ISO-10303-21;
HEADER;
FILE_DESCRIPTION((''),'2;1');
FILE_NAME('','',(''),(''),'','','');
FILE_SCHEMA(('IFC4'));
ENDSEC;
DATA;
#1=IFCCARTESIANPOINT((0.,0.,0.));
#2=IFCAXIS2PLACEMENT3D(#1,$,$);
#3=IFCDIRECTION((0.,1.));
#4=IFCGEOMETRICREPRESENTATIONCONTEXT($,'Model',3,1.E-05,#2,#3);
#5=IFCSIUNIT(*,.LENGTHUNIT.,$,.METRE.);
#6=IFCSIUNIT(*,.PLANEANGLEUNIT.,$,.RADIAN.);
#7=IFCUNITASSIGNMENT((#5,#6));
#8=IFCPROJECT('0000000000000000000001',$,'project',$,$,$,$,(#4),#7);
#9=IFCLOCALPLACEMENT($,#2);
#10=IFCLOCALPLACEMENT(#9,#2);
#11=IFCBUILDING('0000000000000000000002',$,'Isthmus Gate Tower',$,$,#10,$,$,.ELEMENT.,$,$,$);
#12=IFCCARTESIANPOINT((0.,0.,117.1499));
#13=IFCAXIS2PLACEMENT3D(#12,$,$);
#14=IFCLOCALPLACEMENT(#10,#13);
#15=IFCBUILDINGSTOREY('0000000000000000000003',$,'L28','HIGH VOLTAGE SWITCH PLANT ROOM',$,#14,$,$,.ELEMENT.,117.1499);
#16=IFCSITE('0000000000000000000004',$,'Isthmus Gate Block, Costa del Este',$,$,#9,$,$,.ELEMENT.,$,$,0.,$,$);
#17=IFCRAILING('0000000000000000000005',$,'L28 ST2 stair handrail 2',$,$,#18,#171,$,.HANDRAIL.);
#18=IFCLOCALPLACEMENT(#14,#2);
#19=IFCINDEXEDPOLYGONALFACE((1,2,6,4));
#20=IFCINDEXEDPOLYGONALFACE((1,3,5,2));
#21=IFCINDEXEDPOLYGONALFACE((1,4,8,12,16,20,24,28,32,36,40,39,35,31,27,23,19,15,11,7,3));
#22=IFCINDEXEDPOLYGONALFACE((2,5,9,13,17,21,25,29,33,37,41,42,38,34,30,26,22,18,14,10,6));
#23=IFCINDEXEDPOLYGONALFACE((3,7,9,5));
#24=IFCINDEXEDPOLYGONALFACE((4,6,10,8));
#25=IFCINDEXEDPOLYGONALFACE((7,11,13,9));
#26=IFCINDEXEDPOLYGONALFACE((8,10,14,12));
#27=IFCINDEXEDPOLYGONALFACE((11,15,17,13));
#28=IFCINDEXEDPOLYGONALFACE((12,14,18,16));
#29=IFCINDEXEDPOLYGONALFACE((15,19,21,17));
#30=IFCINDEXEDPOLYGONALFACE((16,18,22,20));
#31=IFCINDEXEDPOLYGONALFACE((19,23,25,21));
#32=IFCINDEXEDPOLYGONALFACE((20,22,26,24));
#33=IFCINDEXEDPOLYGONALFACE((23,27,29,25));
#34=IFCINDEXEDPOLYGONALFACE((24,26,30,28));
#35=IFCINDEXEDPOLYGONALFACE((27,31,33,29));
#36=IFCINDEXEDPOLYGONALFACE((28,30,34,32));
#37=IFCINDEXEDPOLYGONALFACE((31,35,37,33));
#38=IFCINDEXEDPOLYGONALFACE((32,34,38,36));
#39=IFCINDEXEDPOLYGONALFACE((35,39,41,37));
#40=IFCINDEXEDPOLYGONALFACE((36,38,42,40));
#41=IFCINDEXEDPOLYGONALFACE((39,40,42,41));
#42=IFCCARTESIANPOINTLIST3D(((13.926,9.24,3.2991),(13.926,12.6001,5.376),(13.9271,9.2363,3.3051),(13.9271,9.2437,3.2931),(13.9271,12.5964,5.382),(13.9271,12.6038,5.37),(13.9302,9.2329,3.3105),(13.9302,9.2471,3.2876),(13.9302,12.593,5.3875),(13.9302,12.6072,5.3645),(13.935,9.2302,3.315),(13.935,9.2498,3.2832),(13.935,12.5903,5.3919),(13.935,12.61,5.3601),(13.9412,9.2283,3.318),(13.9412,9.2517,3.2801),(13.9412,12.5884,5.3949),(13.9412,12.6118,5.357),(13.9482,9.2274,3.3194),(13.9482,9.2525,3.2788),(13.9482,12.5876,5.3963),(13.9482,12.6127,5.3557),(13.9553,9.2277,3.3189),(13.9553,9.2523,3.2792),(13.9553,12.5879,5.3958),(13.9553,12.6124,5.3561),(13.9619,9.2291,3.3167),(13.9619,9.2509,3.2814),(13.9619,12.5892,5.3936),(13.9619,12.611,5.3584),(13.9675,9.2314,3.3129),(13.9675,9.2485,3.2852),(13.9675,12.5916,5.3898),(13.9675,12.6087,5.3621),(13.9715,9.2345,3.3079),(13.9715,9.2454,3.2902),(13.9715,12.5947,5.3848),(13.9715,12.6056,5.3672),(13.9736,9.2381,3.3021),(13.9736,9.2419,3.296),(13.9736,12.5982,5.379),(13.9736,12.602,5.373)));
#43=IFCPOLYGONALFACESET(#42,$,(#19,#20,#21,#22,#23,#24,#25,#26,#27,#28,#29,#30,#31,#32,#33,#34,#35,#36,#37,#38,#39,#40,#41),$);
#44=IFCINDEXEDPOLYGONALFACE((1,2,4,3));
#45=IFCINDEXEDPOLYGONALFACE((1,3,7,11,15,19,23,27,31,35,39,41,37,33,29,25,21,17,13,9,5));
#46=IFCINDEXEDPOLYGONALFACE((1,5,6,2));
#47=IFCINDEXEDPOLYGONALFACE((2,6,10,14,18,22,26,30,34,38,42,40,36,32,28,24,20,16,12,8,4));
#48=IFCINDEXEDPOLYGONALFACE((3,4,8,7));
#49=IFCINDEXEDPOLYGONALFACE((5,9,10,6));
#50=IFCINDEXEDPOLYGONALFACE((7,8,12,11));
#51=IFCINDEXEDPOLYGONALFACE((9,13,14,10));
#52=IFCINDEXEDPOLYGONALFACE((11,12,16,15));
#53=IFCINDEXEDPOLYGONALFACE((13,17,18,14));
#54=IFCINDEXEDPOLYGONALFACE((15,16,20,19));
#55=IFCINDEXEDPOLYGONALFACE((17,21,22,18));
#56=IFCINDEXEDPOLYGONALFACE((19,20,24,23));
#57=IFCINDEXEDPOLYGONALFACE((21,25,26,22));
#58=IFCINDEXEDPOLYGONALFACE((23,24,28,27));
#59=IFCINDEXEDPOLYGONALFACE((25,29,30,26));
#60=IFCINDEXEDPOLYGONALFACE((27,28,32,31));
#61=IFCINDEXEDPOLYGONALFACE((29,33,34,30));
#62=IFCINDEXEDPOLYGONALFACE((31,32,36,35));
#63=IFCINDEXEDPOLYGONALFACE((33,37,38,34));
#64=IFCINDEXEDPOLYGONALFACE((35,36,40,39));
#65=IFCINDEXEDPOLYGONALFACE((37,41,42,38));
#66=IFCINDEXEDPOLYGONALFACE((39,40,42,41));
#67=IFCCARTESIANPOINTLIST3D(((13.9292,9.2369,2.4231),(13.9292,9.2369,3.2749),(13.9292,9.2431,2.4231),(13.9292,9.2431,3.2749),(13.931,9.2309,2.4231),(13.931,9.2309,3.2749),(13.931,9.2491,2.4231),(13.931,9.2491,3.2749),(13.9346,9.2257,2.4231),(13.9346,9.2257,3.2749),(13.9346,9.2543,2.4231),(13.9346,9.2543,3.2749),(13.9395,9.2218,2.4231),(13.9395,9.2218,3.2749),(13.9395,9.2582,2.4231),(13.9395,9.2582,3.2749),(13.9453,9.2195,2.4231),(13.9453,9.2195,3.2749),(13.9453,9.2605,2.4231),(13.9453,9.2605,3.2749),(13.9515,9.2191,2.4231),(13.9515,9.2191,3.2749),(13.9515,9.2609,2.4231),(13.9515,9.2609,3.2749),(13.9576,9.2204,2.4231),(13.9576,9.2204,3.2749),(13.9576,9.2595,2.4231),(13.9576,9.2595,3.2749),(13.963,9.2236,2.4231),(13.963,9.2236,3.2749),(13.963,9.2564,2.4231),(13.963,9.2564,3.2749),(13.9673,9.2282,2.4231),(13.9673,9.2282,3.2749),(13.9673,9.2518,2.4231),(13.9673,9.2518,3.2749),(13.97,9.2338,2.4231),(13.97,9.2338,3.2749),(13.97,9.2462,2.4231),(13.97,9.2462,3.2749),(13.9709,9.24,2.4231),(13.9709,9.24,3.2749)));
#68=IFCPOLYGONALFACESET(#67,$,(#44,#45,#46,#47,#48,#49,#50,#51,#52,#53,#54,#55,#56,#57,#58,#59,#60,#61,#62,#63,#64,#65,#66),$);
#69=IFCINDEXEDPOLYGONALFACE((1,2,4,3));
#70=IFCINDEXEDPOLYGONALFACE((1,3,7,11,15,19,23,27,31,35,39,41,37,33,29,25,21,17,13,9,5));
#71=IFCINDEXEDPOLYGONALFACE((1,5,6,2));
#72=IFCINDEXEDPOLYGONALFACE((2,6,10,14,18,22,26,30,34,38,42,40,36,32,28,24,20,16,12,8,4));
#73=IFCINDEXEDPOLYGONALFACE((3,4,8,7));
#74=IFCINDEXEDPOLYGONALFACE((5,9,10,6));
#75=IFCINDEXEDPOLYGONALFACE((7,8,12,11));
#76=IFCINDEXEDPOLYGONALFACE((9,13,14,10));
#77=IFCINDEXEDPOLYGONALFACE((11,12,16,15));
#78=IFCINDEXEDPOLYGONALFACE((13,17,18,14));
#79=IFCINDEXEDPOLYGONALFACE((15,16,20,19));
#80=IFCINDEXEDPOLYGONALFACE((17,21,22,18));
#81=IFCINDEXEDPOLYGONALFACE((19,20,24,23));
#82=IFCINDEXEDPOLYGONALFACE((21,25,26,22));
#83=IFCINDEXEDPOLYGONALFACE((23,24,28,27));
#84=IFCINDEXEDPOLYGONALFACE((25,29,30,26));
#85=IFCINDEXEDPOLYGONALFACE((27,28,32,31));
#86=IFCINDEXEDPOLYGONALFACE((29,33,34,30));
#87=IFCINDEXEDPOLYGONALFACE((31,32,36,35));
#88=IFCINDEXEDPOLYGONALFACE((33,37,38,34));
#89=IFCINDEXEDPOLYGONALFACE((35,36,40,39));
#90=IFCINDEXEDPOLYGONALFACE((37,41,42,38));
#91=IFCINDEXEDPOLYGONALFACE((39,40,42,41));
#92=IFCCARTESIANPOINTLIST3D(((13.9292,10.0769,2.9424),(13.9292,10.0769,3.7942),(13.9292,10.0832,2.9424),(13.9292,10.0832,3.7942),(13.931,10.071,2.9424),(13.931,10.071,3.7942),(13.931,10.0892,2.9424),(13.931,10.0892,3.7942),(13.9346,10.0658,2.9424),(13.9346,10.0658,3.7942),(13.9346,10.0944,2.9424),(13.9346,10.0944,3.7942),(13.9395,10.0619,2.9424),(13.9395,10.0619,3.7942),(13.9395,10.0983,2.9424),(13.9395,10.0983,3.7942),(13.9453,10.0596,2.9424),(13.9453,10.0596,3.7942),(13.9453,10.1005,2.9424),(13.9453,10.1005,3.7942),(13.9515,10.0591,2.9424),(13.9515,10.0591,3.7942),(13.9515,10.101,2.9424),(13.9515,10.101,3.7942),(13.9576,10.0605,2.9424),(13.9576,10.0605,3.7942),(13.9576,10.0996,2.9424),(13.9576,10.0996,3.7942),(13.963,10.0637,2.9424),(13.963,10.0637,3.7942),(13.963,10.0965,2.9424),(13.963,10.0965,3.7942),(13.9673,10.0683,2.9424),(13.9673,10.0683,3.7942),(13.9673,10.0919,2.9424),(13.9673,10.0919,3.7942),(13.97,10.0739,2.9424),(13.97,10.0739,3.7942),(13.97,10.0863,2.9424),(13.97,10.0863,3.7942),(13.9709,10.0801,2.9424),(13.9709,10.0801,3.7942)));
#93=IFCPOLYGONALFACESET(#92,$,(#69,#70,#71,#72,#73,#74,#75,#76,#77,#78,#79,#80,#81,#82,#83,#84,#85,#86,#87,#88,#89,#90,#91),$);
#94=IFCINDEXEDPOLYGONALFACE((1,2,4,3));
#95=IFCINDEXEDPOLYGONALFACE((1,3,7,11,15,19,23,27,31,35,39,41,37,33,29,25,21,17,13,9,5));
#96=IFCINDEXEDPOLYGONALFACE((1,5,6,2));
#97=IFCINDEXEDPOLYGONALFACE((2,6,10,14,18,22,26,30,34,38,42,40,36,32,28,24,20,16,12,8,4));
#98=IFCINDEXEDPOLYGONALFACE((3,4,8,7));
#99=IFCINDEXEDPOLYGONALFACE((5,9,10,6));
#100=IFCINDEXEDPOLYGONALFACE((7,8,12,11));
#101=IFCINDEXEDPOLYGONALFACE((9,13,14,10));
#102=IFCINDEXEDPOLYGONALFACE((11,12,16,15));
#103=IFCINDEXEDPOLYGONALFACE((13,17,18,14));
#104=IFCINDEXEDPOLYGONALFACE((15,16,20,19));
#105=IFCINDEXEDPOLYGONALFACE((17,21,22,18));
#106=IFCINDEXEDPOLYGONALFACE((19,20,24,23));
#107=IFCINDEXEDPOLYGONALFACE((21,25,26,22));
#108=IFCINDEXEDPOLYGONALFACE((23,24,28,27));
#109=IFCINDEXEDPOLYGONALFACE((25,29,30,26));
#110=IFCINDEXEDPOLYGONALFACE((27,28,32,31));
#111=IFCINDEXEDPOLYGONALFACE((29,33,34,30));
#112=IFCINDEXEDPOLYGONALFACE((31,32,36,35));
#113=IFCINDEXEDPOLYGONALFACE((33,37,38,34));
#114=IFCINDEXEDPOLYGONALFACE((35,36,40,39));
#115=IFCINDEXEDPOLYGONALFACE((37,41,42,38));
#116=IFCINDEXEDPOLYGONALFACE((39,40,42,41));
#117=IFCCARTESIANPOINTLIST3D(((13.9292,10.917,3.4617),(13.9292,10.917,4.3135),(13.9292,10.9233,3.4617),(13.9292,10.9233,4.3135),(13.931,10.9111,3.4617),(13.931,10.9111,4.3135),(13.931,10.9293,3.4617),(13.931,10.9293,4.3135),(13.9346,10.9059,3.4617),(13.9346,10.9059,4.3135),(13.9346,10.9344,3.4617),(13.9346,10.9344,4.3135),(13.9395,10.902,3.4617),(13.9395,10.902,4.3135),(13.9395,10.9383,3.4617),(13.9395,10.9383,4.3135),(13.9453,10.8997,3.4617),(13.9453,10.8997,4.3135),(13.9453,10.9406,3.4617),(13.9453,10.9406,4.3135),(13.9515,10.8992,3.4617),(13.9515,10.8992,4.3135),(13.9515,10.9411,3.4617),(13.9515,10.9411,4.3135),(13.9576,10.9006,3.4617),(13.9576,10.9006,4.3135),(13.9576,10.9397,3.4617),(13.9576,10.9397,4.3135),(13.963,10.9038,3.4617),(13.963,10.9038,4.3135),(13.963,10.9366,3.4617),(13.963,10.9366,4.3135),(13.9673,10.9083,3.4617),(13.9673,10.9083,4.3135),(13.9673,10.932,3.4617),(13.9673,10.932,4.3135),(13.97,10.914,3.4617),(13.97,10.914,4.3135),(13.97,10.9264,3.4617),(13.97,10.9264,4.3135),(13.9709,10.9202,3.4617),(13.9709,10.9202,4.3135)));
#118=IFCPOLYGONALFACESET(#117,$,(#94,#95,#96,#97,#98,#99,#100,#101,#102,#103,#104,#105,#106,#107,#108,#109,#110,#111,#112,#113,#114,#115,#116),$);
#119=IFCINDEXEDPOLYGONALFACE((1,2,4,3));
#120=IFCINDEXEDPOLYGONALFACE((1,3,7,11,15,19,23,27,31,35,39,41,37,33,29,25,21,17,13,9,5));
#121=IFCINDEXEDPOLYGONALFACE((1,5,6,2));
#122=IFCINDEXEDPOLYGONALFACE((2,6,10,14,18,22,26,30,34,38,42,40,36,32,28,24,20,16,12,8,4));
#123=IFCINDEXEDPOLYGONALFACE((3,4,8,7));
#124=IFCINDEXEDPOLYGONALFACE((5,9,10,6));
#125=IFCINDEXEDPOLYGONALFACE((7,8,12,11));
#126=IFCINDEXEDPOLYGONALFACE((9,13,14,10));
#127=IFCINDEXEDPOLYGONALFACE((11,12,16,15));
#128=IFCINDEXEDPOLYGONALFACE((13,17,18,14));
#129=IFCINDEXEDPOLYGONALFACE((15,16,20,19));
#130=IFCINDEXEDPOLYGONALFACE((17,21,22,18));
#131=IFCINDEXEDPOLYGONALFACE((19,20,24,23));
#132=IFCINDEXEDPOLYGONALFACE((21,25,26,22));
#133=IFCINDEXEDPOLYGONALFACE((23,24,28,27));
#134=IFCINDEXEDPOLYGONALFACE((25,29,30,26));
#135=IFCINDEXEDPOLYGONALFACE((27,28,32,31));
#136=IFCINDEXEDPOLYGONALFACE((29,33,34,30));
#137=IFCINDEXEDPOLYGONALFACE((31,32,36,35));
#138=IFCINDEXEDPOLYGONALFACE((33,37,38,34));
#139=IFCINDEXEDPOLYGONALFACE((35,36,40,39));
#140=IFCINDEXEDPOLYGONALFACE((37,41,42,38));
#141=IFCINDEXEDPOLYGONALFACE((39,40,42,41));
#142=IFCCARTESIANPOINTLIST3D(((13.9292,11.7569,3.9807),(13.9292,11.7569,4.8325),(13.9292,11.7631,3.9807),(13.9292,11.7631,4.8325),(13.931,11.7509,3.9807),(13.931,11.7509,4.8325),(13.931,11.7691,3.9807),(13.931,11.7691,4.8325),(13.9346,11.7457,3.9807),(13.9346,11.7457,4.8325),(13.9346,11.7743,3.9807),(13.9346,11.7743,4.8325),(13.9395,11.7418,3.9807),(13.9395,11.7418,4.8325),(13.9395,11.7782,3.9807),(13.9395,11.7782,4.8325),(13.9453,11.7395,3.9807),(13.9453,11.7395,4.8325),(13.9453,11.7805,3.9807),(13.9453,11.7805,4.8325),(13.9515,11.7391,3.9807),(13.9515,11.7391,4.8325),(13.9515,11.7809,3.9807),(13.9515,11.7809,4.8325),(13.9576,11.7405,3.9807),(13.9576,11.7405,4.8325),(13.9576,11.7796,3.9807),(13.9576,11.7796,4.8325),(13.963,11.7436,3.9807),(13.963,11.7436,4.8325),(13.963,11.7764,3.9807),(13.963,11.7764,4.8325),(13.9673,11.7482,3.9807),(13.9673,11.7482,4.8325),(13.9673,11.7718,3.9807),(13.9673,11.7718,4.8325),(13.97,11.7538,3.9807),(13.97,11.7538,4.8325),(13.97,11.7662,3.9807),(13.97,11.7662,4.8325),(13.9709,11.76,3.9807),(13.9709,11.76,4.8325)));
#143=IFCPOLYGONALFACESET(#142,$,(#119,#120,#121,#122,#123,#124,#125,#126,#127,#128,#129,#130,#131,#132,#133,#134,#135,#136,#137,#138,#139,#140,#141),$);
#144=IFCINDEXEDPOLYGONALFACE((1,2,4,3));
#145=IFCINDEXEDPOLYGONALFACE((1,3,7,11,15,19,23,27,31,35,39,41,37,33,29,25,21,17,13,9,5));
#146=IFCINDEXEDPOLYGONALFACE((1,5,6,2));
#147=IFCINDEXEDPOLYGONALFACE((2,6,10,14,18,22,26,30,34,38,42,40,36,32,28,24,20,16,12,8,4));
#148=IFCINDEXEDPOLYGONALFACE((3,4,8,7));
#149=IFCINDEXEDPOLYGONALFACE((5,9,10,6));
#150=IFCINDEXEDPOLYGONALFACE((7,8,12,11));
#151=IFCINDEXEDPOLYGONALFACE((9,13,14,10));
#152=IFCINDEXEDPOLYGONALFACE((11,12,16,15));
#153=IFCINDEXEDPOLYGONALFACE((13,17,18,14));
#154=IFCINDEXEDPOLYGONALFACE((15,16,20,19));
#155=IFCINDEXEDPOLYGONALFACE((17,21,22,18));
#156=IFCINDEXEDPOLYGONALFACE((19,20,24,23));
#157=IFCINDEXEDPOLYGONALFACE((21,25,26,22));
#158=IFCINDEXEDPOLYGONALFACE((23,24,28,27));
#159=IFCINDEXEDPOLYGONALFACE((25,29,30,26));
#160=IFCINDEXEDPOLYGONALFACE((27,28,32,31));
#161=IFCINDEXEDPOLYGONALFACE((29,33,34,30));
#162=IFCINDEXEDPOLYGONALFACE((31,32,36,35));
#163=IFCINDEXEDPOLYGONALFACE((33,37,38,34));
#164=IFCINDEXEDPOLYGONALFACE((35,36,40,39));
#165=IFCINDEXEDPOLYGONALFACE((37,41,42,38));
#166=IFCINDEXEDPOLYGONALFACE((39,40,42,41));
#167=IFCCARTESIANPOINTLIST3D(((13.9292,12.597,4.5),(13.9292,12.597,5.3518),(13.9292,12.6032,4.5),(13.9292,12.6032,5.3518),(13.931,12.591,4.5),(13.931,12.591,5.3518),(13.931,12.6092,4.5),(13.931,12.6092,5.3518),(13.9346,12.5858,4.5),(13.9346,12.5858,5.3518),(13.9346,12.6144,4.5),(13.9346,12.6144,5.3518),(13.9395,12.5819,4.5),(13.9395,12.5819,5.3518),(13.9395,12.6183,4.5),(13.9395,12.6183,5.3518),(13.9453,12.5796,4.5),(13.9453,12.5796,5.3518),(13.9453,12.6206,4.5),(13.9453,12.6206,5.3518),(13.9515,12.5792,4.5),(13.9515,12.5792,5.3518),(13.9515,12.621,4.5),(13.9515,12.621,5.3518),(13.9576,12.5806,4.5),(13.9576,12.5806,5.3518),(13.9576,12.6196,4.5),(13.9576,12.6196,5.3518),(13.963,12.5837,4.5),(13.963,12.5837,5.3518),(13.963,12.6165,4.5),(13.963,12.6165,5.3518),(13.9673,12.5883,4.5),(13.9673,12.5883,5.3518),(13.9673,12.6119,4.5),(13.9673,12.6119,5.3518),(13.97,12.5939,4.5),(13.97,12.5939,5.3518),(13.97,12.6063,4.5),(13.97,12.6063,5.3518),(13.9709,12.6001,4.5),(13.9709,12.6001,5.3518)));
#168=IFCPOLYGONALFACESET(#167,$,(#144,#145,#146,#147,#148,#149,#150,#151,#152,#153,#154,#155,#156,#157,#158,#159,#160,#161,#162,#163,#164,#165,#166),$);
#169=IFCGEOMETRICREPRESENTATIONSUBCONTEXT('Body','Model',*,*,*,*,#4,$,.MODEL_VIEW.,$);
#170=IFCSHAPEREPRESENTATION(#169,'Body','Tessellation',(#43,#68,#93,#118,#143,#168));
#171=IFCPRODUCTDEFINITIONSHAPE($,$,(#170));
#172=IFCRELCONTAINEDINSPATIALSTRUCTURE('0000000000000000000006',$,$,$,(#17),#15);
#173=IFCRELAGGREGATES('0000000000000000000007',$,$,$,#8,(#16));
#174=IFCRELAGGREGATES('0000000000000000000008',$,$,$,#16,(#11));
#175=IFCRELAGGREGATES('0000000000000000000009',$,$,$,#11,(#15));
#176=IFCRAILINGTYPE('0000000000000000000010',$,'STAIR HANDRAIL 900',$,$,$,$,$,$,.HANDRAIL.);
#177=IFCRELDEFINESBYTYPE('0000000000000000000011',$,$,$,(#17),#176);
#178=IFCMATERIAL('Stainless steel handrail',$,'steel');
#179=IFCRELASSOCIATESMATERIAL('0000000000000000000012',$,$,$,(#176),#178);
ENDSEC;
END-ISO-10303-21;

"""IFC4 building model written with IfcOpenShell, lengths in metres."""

from ifc_helpers import new_model, si_unit, direction, frame, origin, origin_2d, place, context, subcontext, project, spatial, circle, extrude, material, type_object, element, save


model = new_model("IFC4")

# Units and contexts
model_context = context("Model", 3, precision=1e-05, world=origin(), true_north=direction((0.0, 1.0)))
body_context = subcontext(model_context, "Body", "Model", "MODEL_VIEW")
ifc_project = project(units=[si_unit("LENGTHUNIT", "METRE"), si_unit("PLANEANGLEUNIT", "RADIAN")], contexts=[model_context])

# Site, building, storey
site_placement = place(None, origin())
site = spatial("IfcSite", under=ifc_project, at=site_placement, Name="Isthmus Gate Block, Costa del Este", CompositionType="ELEMENT", RefElevation=0.0)
building_placement = place(site_placement, origin())
building = spatial("IfcBuilding", under=site, at=building_placement, Name="Isthmus Gate Tower", CompositionType="ELEMENT")
storey_placement = place(building_placement, frame((0.0, 0.0, 117.1499)))
storey = spatial("IfcBuildingStorey", under=building, at=storey_placement, Name="L28", Description="HIGH VOLTAGE SWITCH PLANT ROOM", CompositionType="ELEMENT", Elevation=117.1499)

# Railing
ifc_material_1 = material(Name="Stainless steel handrail", Category="steel")
railing_type_1 = type_object("IfcRailingType", Name="STAIR HANDRAIL 900", PredefinedType="HANDRAIL", material=ifc_material_1)
for number, where, name in (
    (1, (13.95, 9.24, 2.4231), "L28 ST2 stair handrail 2"),
):
    element("IfcRailing", number, at=place(storey_placement, frame(where)), inside=storey, type_object=railing_type_1, Name=name, PredefinedType="HANDRAIL", context=body_context, shape_type="SweptSolid", body=[
        extrude(circle(Radius=0.0239, at=origin_2d()), frame((0.0, 0.0, 0.876), z_axis=(0.0, 0.850623, 0.525776), x_axis=(-1.0, 0.0, 0.0)), (0.0, 0.0, 1.0), 3.9502),
        extrude(circle(Radius=0.021, at=origin_2d()), origin(), (0.0, 0.0, 1.0), 0.8518),
        extrude(circle(Radius=0.021, at=origin_2d()), frame((0.0, 0.8401, 0.5193)), (0.0, 0.0, 1.0), 0.8518),
        extrude(circle(Radius=0.021, at=origin_2d()), frame((0.0, 1.6802, 1.0386)), (0.0, 0.0, 1.0), 0.8518),
        extrude(circle(Radius=0.021, at=origin_2d()), frame((0.0, 2.52, 1.5576)), (0.0, 0.0, 1.0), 0.8518),
        extrude(circle(Radius=0.021, at=origin_2d()), frame((0.0, 3.3601, 2.0769)), (0.0, 0.0, 1.0), 0.8518),
    ])

save(model, "model.ifc")
